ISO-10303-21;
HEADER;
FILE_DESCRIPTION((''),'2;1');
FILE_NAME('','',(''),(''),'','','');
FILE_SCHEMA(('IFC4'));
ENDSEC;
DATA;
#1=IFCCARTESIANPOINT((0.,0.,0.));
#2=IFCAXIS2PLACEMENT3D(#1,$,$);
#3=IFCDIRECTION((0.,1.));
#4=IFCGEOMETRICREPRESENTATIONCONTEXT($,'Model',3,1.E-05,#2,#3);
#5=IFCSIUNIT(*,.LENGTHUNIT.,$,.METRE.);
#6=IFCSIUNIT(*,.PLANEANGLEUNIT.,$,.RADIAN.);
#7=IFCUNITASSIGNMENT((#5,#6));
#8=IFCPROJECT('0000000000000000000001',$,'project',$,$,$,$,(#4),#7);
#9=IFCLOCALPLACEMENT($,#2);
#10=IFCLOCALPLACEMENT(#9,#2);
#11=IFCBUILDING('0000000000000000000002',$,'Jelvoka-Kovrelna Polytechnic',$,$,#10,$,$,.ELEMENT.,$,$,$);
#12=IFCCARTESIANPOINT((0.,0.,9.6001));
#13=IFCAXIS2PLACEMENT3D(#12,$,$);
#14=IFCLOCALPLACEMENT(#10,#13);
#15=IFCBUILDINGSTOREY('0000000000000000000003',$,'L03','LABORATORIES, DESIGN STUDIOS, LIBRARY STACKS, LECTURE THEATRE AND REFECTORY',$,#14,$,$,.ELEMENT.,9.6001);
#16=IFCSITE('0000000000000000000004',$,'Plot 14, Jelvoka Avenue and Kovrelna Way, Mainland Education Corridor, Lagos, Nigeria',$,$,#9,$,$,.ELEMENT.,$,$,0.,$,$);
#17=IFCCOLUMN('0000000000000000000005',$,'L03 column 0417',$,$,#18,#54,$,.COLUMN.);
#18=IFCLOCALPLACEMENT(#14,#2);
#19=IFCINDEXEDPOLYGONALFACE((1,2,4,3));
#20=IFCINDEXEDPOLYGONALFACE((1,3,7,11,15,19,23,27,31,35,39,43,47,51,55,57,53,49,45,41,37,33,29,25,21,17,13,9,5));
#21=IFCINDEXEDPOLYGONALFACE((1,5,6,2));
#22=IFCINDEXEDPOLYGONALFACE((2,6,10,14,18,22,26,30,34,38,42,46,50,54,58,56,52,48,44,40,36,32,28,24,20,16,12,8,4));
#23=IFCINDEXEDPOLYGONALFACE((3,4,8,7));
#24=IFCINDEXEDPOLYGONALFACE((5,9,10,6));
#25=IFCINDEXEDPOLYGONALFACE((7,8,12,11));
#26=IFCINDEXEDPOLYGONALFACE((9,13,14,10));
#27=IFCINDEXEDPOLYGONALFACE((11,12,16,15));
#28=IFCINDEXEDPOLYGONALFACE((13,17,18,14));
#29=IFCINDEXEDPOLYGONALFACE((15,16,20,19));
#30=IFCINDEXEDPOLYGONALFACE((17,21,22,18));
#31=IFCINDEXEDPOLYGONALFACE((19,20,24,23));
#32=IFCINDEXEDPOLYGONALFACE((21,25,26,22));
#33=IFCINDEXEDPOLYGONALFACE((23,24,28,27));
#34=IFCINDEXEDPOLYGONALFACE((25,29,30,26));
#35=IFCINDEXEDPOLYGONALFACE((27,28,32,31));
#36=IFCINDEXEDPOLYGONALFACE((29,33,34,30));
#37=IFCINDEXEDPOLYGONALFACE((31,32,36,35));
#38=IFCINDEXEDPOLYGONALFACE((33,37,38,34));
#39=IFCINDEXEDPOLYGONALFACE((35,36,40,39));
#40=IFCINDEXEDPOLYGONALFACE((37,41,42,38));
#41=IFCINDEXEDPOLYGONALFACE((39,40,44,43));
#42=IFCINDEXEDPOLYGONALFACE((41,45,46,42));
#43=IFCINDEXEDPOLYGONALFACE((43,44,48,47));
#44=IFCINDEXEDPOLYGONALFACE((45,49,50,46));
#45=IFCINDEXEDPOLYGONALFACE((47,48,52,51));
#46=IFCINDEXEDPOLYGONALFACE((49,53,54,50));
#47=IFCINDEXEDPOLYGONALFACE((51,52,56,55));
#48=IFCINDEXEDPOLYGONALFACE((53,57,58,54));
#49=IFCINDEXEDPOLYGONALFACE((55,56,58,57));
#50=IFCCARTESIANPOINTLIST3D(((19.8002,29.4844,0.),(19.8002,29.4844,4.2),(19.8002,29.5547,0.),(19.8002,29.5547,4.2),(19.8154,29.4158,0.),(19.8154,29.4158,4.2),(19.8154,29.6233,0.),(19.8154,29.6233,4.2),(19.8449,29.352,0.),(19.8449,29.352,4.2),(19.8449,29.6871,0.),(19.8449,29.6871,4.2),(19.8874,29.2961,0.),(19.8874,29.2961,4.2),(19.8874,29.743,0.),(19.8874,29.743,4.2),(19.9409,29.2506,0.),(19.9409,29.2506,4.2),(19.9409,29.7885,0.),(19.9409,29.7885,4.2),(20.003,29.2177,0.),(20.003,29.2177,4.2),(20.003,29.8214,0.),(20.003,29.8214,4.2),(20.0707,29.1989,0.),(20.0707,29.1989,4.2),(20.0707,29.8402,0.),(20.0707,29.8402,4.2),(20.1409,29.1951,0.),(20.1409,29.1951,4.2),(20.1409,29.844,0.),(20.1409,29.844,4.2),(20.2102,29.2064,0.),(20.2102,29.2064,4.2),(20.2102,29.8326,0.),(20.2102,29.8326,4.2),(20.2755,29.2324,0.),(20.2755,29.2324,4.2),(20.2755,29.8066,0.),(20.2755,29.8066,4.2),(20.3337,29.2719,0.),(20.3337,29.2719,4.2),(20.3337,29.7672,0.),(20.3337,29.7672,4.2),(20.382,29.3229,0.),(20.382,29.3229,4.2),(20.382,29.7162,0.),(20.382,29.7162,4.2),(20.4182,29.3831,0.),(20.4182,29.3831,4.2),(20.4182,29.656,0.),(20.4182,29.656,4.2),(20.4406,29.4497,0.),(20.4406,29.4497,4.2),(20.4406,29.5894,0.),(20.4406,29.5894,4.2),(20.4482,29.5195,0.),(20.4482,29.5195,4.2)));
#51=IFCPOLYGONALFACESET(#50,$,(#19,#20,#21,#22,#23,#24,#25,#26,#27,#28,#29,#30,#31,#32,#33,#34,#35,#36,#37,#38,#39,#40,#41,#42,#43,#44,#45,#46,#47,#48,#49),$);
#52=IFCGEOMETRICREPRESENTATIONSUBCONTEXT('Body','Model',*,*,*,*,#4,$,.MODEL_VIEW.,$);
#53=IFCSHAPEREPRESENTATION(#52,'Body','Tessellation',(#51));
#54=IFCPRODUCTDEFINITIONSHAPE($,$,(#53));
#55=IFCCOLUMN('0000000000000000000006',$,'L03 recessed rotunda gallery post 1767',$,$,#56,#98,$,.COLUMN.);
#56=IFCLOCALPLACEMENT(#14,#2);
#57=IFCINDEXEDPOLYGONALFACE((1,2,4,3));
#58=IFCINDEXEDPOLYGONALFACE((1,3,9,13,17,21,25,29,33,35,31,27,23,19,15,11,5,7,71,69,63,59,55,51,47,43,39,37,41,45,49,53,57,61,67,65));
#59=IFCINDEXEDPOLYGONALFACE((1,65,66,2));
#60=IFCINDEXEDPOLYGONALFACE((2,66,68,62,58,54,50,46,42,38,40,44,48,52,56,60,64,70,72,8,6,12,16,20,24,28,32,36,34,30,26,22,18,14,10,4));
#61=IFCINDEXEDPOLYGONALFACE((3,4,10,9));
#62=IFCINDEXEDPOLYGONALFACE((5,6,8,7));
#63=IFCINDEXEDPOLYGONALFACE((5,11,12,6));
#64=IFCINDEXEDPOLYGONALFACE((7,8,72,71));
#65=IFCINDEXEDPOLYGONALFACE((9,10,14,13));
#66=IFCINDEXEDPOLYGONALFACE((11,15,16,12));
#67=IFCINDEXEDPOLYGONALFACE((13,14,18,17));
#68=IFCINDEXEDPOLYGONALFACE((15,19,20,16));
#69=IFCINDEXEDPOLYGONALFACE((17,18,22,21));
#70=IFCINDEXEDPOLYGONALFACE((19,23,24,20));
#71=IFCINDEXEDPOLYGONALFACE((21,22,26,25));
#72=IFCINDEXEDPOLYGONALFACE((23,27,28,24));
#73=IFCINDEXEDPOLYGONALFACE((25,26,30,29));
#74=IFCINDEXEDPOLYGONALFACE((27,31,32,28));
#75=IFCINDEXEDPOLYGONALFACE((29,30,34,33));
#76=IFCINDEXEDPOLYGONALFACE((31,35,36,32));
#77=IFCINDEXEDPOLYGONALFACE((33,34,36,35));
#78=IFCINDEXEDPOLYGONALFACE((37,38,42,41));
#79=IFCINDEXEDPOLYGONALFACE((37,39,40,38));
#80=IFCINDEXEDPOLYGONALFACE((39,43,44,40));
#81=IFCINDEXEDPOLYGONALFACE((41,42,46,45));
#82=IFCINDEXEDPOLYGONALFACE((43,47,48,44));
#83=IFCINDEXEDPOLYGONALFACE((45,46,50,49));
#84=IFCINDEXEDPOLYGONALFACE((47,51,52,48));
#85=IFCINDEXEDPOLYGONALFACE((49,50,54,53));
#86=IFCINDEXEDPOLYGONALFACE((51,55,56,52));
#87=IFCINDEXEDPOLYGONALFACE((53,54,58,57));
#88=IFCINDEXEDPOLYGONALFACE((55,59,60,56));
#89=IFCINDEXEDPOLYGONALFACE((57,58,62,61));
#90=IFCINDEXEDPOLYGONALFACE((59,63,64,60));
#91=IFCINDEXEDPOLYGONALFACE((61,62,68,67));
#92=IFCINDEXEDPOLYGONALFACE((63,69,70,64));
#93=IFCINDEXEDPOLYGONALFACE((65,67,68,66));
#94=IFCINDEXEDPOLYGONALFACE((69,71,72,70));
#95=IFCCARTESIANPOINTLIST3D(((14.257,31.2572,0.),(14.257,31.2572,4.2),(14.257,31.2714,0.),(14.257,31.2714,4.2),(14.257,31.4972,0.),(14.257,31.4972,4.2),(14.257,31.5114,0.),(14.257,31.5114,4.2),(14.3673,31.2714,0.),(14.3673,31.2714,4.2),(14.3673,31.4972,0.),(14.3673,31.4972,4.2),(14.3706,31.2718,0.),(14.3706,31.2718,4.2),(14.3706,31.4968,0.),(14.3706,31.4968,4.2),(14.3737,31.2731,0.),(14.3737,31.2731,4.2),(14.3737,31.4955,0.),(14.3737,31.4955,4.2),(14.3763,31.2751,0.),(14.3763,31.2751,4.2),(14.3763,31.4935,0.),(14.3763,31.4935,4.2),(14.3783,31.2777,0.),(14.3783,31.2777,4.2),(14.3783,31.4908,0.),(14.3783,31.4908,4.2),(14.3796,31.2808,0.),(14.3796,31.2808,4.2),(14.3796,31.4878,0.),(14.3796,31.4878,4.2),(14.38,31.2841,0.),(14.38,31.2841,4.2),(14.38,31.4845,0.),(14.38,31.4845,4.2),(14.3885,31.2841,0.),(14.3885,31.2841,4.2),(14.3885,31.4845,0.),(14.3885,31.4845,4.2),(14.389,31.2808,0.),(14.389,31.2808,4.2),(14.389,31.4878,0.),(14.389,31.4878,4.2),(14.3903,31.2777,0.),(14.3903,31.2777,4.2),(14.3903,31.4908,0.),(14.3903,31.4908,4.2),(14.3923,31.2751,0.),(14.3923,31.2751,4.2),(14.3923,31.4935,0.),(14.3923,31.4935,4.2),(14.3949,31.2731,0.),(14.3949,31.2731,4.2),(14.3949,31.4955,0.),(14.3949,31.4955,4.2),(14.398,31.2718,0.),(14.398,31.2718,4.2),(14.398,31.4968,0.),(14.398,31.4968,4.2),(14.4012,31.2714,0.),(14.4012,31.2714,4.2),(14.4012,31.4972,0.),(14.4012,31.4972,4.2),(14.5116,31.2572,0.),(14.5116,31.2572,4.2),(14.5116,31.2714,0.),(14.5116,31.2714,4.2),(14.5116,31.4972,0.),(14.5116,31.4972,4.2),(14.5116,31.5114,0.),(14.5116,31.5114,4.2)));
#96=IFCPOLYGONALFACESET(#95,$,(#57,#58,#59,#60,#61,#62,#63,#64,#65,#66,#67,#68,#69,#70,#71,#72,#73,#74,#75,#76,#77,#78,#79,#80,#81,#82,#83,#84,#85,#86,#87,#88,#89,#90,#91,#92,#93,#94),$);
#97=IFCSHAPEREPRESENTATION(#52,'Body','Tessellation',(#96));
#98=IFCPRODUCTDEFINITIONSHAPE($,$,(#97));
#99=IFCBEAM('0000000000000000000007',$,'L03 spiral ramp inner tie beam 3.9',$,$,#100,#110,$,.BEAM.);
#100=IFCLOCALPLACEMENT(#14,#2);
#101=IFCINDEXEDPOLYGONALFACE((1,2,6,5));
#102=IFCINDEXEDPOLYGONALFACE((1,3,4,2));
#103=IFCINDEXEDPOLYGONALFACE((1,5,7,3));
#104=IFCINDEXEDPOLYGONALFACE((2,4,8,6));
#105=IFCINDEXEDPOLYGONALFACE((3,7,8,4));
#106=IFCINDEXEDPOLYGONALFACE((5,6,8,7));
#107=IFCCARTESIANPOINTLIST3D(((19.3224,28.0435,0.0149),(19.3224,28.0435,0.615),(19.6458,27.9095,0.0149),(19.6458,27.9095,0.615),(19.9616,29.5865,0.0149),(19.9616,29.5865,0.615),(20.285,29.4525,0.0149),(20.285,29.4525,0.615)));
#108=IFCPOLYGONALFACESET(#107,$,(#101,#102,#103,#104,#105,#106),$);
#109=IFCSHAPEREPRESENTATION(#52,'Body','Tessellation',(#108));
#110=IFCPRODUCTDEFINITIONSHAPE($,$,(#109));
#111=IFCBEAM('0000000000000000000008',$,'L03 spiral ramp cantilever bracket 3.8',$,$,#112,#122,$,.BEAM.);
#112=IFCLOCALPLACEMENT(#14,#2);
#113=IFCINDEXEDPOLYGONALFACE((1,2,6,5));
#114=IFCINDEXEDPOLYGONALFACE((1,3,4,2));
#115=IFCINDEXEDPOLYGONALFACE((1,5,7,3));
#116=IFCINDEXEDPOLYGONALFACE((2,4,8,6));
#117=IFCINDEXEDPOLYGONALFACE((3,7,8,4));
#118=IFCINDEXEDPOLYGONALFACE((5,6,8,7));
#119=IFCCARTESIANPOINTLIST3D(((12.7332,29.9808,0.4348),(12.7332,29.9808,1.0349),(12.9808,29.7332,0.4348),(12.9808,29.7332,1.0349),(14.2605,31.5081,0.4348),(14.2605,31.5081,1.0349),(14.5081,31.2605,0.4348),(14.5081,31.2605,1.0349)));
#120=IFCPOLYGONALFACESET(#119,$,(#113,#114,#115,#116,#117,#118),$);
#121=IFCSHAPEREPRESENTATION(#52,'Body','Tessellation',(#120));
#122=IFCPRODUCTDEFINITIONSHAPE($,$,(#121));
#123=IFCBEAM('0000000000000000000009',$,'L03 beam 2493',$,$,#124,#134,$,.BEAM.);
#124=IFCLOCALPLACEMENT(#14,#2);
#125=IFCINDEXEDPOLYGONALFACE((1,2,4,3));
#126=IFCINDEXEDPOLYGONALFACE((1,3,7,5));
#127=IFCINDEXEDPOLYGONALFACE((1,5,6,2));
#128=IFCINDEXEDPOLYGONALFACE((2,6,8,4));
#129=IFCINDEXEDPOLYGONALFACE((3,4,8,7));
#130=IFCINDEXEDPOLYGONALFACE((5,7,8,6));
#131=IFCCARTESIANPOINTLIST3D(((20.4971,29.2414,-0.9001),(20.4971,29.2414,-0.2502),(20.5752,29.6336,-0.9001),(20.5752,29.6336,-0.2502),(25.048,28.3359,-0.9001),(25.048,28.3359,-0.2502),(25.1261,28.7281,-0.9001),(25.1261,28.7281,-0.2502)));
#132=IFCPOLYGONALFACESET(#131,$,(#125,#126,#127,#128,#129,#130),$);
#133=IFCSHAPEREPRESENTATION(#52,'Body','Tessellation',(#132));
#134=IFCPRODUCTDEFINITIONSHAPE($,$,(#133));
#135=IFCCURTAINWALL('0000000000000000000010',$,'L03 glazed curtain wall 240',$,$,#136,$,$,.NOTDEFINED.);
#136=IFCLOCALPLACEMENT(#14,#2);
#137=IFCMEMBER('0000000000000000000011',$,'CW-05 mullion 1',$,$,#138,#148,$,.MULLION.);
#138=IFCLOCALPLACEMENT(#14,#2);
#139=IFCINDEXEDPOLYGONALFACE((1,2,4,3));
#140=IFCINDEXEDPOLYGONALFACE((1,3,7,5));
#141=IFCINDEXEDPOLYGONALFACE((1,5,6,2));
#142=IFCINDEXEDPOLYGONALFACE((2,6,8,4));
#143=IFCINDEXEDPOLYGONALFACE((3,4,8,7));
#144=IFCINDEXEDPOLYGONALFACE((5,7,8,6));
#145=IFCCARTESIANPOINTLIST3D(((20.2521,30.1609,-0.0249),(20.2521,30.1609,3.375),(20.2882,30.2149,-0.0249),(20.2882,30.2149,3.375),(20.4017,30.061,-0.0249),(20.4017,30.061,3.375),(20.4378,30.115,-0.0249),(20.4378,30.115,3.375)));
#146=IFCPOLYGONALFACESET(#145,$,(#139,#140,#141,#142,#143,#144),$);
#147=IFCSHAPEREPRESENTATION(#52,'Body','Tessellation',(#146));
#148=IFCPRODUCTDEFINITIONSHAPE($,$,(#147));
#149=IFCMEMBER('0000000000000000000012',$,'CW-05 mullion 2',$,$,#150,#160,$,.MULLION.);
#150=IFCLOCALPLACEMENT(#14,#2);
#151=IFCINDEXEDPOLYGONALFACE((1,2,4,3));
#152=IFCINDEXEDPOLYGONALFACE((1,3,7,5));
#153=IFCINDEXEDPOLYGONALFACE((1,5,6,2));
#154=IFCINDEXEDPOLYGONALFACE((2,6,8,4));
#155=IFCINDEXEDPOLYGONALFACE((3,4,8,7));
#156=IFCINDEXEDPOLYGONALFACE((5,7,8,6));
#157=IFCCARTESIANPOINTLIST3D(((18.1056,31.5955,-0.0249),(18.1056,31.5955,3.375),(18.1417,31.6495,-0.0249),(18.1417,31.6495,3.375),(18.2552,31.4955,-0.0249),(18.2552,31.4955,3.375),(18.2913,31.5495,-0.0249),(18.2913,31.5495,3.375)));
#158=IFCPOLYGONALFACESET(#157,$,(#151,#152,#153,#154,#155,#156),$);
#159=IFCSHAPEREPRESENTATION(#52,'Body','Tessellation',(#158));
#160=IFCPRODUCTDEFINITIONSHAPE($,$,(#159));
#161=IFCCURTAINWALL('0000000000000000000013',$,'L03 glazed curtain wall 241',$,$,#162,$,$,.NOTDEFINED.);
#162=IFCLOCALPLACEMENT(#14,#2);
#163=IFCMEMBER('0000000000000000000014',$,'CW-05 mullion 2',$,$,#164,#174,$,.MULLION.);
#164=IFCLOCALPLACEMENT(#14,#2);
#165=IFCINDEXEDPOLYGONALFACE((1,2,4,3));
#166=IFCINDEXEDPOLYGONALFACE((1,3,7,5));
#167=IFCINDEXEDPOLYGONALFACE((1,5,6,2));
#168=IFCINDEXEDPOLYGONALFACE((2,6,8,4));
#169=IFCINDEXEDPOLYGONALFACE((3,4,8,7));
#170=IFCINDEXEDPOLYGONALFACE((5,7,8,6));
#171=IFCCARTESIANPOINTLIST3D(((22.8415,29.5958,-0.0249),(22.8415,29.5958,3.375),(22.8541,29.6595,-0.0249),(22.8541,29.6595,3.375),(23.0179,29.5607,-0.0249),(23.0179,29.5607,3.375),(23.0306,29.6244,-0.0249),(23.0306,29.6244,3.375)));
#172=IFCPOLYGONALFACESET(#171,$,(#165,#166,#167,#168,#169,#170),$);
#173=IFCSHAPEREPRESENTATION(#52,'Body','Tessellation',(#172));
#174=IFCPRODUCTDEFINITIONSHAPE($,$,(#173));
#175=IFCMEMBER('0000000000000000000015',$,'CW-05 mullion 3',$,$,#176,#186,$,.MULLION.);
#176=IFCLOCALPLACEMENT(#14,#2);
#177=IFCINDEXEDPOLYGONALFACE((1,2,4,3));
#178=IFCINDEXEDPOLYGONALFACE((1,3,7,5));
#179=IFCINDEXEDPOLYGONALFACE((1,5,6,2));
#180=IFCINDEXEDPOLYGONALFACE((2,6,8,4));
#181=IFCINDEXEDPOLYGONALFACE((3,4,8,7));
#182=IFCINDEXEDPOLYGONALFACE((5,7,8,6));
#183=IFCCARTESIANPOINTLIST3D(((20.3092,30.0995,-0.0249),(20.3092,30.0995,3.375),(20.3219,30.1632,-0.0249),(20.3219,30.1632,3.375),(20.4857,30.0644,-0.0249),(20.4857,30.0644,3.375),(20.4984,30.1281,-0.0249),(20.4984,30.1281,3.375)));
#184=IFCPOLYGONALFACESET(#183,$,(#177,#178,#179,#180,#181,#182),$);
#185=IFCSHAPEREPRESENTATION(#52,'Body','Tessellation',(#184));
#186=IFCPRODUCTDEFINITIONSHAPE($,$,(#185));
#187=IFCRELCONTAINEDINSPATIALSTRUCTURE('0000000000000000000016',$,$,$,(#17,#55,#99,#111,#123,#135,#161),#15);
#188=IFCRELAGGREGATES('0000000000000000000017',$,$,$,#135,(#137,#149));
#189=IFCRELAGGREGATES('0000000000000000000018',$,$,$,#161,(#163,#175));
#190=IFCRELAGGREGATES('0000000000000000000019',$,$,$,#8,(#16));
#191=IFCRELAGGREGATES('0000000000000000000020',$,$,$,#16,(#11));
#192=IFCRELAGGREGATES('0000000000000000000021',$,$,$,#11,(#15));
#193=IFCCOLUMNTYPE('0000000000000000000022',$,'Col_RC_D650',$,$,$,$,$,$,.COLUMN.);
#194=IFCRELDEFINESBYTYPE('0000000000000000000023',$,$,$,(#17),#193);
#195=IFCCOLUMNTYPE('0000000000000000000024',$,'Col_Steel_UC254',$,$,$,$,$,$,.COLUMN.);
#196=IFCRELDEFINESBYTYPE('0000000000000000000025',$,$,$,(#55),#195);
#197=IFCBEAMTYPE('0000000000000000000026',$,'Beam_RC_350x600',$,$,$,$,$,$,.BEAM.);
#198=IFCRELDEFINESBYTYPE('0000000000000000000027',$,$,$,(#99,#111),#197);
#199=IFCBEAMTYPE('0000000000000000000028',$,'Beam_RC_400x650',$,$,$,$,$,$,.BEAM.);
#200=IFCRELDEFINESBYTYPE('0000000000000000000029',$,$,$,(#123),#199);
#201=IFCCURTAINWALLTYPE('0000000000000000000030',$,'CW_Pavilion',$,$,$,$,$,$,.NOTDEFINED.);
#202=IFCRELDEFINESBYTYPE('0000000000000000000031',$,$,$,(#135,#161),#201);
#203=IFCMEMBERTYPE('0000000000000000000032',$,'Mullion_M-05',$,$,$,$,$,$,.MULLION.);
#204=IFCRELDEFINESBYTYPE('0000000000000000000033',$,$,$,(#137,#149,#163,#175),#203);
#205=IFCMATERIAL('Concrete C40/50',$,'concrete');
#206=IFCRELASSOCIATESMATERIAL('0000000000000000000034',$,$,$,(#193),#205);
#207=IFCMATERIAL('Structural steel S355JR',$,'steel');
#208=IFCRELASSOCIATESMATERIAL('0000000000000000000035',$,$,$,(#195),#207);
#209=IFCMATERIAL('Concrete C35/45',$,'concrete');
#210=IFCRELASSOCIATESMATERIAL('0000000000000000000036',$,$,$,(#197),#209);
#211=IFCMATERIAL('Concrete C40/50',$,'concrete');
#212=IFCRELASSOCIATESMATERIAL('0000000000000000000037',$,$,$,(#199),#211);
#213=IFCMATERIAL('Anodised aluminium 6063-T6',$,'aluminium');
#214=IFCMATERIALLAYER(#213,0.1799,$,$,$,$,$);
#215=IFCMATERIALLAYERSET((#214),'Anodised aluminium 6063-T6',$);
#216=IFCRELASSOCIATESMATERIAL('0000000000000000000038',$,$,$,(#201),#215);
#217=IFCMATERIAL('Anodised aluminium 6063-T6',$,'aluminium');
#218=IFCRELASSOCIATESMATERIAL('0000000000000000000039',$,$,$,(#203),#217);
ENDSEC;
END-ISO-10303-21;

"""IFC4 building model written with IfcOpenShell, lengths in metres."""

from ifc_helpers import new_model, si_unit, direction, frame, origin, origin_2d, place, context, subcontext, project, spatial, rectangle, circle, i_section, extrude, material, layer, layer_set, material_profile, profile_set, type_object, element, aggregate, save


model = new_model("IFC4")

# Units and contexts
model_context = context("Model", 3, precision=1e-05, world=origin(), true_north=direction((0.0, 1.0)))
body_context = subcontext(model_context, "Body", "Model", "MODEL_VIEW")
ifc_project = project(units=[si_unit("LENGTHUNIT", "METRE"), si_unit("PLANEANGLEUNIT", "RADIAN")], contexts=[model_context])

# Site, building, storey
site_placement = place(None, origin())
site = spatial("IfcSite", under=ifc_project, at=site_placement, Name="Plot 14, Jelvoka Avenue and Kovrelna Way, Mainland Education Corridor, Lagos, Nigeria", CompositionType="ELEMENT", RefElevation=0.0)
building_placement = place(site_placement, origin())
building = spatial("IfcBuilding", under=site, at=building_placement, Name="Jelvoka-Kovrelna Polytechnic", CompositionType="ELEMENT")
storey_placement = place(building_placement, frame((0.0, 0.0, 9.6001)))
storey = spatial("IfcBuildingStorey", under=building, at=storey_placement, Name="L03", Description="LABORATORIES, DESIGN STUDIOS, LIBRARY STACKS, LECTURE THEATRE AND REFECTORY", CompositionType="ELEMENT", Elevation=9.6001)

# Columns
ifc_material_1 = material(Name="Concrete C40/50", Category="concrete")
ifc_material_profile_1 = material_profile(ifc_material_1, circle(Radius=0.325, at=origin_2d()), Name="RC D650")
ifc_profile_set_1 = profile_set([ifc_material_profile_1], Name="Concrete C40/50")
column_type_1 = type_object("IfcColumnType", Name="Col_RC_D650", PredefinedType="COLUMN", material=ifc_profile_set_1)
column_1_placement = place(storey_placement, frame((20.1233, 29.5195, 0.0), z_axis=(0.0, 0.0, 1.0), x_axis=(1.0, 0.0, 0.0)))
element("IfcColumn", 1, at=column_1_placement, inside=storey, type_object=column_type_1, Name="L03 column 0417", PredefinedType="COLUMN", context=body_context, shape_type="SweptSolid", body=[
    extrude(circle(Radius=0.325, at=origin_2d()), origin(), (0.0, 0.0, 1.0), 4.2),
])
ifc_material_2 = material(Name="Structural steel S355JR", Category="steel")
ifc_material_profile_2 = material_profile(ifc_material_2, i_section(OverallWidth=0.2546, OverallDepth=0.2542, WebThickness=0.0085, FlangeThickness=0.0142, FilletRadius=0.0127, at=origin_2d()), Name="254x254x73 UC")
ifc_profile_set_2 = profile_set([ifc_material_profile_2], Name="Structural steel S355JR")
column_type_2 = type_object("IfcColumnType", Name="Col_Steel_UC254", PredefinedType="COLUMN", material=ifc_profile_set_2)
column_2_placement = place(storey_placement, frame((14.3843, 31.3843, 0.0), z_axis=(0.0, 0.0, 1.0), x_axis=(1.0, 0.0, 0.0)))
element("IfcColumn", 2, at=column_2_placement, inside=storey, type_object=column_type_2, Name="L03 recessed rotunda gallery post 1767", PredefinedType="COLUMN", context=body_context, shape_type="SweptSolid", body=[
    extrude(i_section(OverallWidth=0.2546, OverallDepth=0.2542, WebThickness=0.0085, FlangeThickness=0.0142, FilletRadius=0.0127, at=origin_2d()), origin(), (0.0, 0.0, 1.0), 4.2),
])

# Beams
ifc_material_3 = material(Name="Concrete C35/45", Category="concrete")
ifc_material_profile_3 = material_profile(ifc_material_3, rectangle(XDim=0.3501, YDim=0.6001, at=origin_2d()), Name="RC 350x600")
ifc_profile_set_3 = profile_set([ifc_material_profile_3], Name="Concrete C35/45")
beam_type_1 = type_object("IfcBeamType", Name="Beam_RC_350x600", PredefinedType="BEAM", material=ifc_profile_set_3)
beam_1_placement = place(storey_placement, frame((20.1233, 29.5195, 0.3149), z_axis=(-0.382705, -0.923871, 0.0), x_axis=(0.923871, -0.382705, 0.0)))
element("IfcBeam", 3, at=beam_1_placement, inside=storey, type_object=beam_type_1, Name="L03 spiral ramp inner tie beam 3.9", PredefinedType="BEAM", context=body_context, shape_type="SweptSolid", body=[
    extrude(rectangle(XDim=0.3501, YDim=0.6001, at=origin_2d()), origin(), (0.0, 0.0, 1.0), 1.6702),
])
beam_2_placement = place(storey_placement, frame((14.3843, 31.3843, 0.7349), z_axis=(-0.707107, -0.707107, 0.0), x_axis=(0.707107, -0.707107, 0.0)))
element("IfcBeam", 4, at=beam_2_placement, inside=storey, type_object=beam_type_1, Name="L03 spiral ramp cantilever bracket 3.8", PredefinedType="BEAM", context=body_context, shape_type="SweptSolid", body=[
    extrude(rectangle(XDim=0.3501, YDim=0.6001, at=origin_2d()), origin(), (0.0, 0.0, 1.0), 2.1599),
])
ifc_material_4 = material(Name="Concrete C40/50", Category="concrete")
ifc_material_profile_4 = material_profile(ifc_material_4, rectangle(XDim=0.3999, YDim=0.6499, at=origin_2d()), Name="RC 400x650")
ifc_profile_set_4 = profile_set([ifc_material_profile_4], Name="Concrete C40/50")
beam_type_2 = type_object("IfcBeamType", Name="Beam_RC_400x650", PredefinedType="BEAM", material=ifc_profile_set_4)
beam_3_placement = place(storey_placement, frame((20.5361, 29.4375, -0.5752), z_axis=(0.980774, -0.195145, 0.0), x_axis=(0.195145, 0.980774, 0.0)))
element("IfcBeam", 5, at=beam_3_placement, inside=storey, type_object=beam_type_2, Name="L03 beam 2493", PredefinedType="BEAM", context=body_context, shape_type="SweptSolid", body=[
    extrude(rectangle(XDim=0.3999, YDim=0.6499, at=origin_2d()), origin(), (0.0, 0.0, 1.0), 4.6401),
])

# Curtain walls, members
ifc_material_5 = material(Name="Anodised aluminium 6063-T6", Category="aluminium")
ifc_layer_1 = layer(ifc_material_5, 0.1799)
ifc_layer_set_1 = layer_set([ifc_layer_1], Name="Anodised aluminium 6063-T6")
curtain_wall_type = type_object("IfcCurtainWallType", Name="CW_Pavilion", PredefinedType="NOTDEFINED", material=ifc_layer_set_1)
curtain_wall_1_placement = place(storey_placement, origin())
curtain_wall_1 = element("IfcCurtainWall", 6, at=curtain_wall_1_placement, inside=storey, type_object=curtain_wall_type, Name="L03 glazed curtain wall 240", PredefinedType="NOTDEFINED")
ifc_material_6 = material(Name="Anodised aluminium 6063-T6", Category="aluminium")
ifc_material_profile_5 = material_profile(ifc_material_6, rectangle(XDim=0.0649, YDim=0.1799, at=origin_2d()), Name="ALU 65x180")
ifc_profile_set_5 = profile_set([ifc_material_profile_5], Name="Anodised aluminium 6063-T6")
member_type_1 = type_object("IfcMemberType", Name="Mullion_M-05", PredefinedType="MULLION", material=ifc_profile_set_5)
member_1_placement = place(storey_placement, frame((20.345, 30.1379, -0.0249), z_axis=(0.0, 0.0, 1.0), x_axis=(-0.555583, -0.831461, 0.0)))
member_1 = element("IfcMember", 7, at=member_1_placement, type_object=member_type_1, Name="CW-05 mullion 1", PredefinedType="MULLION", context=body_context, shape_type="SweptSolid", body=[
    extrude(rectangle(XDim=0.0649, YDim=0.1799, at=origin_2d()), origin(), (0.0, 0.0, 1.0), 3.3999),
])
member_2_placement = place(storey_placement, frame((18.1985, 31.5725, -0.0249), z_axis=(0.0, 0.0, 1.0), x_axis=(-0.555583, -0.831461, 0.0)))
member_2 = element("IfcMember", 8, at=member_2_placement, type_object=member_type_1, Name="CW-05 mullion 2", PredefinedType="MULLION", context=body_context, shape_type="SweptSolid", body=[
    extrude(rectangle(XDim=0.0649, YDim=0.1799, at=origin_2d()), origin(), (0.0, 0.0, 1.0), 3.3999),
])
curtain_wall_2_placement = place(storey_placement, origin())
curtain_wall_2 = element("IfcCurtainWall", 9, at=curtain_wall_2_placement, inside=storey, type_object=curtain_wall_type, Name="L03 glazed curtain wall 241", PredefinedType="NOTDEFINED")
member_3_placement = place(storey_placement, frame((22.936, 29.6101, -0.0249), z_axis=(0.0, 0.0, 1.0), x_axis=(-0.195086, -0.980786, 0.0)))
member_3 = element("IfcMember", 10, at=member_3_placement, type_object=member_type_1, Name="CW-05 mullion 2", PredefinedType="MULLION", context=body_context, shape_type="SweptSolid", body=[
    extrude(rectangle(XDim=0.0649, YDim=0.1799, at=origin_2d()), origin(), (0.0, 0.0, 1.0), 3.3999),
])
member_4_placement = place(storey_placement, frame((20.4038, 30.1138, -0.0249), z_axis=(0.0, 0.0, 1.0), x_axis=(-0.195086, -0.980786, 0.0)))
member_4 = element("IfcMember", 11, at=member_4_placement, type_object=member_type_1, Name="CW-05 mullion 3", PredefinedType="MULLION", context=body_context, shape_type="SweptSolid", body=[
    extrude(rectangle(XDim=0.0649, YDim=0.1799, at=origin_2d()), origin(), (0.0, 0.0, 1.0), 3.3999),
])

aggregate(curtain_wall_1, [member_1, member_2])
aggregate(curtain_wall_2, [member_3, member_4])

save(model, "model.ifc")
